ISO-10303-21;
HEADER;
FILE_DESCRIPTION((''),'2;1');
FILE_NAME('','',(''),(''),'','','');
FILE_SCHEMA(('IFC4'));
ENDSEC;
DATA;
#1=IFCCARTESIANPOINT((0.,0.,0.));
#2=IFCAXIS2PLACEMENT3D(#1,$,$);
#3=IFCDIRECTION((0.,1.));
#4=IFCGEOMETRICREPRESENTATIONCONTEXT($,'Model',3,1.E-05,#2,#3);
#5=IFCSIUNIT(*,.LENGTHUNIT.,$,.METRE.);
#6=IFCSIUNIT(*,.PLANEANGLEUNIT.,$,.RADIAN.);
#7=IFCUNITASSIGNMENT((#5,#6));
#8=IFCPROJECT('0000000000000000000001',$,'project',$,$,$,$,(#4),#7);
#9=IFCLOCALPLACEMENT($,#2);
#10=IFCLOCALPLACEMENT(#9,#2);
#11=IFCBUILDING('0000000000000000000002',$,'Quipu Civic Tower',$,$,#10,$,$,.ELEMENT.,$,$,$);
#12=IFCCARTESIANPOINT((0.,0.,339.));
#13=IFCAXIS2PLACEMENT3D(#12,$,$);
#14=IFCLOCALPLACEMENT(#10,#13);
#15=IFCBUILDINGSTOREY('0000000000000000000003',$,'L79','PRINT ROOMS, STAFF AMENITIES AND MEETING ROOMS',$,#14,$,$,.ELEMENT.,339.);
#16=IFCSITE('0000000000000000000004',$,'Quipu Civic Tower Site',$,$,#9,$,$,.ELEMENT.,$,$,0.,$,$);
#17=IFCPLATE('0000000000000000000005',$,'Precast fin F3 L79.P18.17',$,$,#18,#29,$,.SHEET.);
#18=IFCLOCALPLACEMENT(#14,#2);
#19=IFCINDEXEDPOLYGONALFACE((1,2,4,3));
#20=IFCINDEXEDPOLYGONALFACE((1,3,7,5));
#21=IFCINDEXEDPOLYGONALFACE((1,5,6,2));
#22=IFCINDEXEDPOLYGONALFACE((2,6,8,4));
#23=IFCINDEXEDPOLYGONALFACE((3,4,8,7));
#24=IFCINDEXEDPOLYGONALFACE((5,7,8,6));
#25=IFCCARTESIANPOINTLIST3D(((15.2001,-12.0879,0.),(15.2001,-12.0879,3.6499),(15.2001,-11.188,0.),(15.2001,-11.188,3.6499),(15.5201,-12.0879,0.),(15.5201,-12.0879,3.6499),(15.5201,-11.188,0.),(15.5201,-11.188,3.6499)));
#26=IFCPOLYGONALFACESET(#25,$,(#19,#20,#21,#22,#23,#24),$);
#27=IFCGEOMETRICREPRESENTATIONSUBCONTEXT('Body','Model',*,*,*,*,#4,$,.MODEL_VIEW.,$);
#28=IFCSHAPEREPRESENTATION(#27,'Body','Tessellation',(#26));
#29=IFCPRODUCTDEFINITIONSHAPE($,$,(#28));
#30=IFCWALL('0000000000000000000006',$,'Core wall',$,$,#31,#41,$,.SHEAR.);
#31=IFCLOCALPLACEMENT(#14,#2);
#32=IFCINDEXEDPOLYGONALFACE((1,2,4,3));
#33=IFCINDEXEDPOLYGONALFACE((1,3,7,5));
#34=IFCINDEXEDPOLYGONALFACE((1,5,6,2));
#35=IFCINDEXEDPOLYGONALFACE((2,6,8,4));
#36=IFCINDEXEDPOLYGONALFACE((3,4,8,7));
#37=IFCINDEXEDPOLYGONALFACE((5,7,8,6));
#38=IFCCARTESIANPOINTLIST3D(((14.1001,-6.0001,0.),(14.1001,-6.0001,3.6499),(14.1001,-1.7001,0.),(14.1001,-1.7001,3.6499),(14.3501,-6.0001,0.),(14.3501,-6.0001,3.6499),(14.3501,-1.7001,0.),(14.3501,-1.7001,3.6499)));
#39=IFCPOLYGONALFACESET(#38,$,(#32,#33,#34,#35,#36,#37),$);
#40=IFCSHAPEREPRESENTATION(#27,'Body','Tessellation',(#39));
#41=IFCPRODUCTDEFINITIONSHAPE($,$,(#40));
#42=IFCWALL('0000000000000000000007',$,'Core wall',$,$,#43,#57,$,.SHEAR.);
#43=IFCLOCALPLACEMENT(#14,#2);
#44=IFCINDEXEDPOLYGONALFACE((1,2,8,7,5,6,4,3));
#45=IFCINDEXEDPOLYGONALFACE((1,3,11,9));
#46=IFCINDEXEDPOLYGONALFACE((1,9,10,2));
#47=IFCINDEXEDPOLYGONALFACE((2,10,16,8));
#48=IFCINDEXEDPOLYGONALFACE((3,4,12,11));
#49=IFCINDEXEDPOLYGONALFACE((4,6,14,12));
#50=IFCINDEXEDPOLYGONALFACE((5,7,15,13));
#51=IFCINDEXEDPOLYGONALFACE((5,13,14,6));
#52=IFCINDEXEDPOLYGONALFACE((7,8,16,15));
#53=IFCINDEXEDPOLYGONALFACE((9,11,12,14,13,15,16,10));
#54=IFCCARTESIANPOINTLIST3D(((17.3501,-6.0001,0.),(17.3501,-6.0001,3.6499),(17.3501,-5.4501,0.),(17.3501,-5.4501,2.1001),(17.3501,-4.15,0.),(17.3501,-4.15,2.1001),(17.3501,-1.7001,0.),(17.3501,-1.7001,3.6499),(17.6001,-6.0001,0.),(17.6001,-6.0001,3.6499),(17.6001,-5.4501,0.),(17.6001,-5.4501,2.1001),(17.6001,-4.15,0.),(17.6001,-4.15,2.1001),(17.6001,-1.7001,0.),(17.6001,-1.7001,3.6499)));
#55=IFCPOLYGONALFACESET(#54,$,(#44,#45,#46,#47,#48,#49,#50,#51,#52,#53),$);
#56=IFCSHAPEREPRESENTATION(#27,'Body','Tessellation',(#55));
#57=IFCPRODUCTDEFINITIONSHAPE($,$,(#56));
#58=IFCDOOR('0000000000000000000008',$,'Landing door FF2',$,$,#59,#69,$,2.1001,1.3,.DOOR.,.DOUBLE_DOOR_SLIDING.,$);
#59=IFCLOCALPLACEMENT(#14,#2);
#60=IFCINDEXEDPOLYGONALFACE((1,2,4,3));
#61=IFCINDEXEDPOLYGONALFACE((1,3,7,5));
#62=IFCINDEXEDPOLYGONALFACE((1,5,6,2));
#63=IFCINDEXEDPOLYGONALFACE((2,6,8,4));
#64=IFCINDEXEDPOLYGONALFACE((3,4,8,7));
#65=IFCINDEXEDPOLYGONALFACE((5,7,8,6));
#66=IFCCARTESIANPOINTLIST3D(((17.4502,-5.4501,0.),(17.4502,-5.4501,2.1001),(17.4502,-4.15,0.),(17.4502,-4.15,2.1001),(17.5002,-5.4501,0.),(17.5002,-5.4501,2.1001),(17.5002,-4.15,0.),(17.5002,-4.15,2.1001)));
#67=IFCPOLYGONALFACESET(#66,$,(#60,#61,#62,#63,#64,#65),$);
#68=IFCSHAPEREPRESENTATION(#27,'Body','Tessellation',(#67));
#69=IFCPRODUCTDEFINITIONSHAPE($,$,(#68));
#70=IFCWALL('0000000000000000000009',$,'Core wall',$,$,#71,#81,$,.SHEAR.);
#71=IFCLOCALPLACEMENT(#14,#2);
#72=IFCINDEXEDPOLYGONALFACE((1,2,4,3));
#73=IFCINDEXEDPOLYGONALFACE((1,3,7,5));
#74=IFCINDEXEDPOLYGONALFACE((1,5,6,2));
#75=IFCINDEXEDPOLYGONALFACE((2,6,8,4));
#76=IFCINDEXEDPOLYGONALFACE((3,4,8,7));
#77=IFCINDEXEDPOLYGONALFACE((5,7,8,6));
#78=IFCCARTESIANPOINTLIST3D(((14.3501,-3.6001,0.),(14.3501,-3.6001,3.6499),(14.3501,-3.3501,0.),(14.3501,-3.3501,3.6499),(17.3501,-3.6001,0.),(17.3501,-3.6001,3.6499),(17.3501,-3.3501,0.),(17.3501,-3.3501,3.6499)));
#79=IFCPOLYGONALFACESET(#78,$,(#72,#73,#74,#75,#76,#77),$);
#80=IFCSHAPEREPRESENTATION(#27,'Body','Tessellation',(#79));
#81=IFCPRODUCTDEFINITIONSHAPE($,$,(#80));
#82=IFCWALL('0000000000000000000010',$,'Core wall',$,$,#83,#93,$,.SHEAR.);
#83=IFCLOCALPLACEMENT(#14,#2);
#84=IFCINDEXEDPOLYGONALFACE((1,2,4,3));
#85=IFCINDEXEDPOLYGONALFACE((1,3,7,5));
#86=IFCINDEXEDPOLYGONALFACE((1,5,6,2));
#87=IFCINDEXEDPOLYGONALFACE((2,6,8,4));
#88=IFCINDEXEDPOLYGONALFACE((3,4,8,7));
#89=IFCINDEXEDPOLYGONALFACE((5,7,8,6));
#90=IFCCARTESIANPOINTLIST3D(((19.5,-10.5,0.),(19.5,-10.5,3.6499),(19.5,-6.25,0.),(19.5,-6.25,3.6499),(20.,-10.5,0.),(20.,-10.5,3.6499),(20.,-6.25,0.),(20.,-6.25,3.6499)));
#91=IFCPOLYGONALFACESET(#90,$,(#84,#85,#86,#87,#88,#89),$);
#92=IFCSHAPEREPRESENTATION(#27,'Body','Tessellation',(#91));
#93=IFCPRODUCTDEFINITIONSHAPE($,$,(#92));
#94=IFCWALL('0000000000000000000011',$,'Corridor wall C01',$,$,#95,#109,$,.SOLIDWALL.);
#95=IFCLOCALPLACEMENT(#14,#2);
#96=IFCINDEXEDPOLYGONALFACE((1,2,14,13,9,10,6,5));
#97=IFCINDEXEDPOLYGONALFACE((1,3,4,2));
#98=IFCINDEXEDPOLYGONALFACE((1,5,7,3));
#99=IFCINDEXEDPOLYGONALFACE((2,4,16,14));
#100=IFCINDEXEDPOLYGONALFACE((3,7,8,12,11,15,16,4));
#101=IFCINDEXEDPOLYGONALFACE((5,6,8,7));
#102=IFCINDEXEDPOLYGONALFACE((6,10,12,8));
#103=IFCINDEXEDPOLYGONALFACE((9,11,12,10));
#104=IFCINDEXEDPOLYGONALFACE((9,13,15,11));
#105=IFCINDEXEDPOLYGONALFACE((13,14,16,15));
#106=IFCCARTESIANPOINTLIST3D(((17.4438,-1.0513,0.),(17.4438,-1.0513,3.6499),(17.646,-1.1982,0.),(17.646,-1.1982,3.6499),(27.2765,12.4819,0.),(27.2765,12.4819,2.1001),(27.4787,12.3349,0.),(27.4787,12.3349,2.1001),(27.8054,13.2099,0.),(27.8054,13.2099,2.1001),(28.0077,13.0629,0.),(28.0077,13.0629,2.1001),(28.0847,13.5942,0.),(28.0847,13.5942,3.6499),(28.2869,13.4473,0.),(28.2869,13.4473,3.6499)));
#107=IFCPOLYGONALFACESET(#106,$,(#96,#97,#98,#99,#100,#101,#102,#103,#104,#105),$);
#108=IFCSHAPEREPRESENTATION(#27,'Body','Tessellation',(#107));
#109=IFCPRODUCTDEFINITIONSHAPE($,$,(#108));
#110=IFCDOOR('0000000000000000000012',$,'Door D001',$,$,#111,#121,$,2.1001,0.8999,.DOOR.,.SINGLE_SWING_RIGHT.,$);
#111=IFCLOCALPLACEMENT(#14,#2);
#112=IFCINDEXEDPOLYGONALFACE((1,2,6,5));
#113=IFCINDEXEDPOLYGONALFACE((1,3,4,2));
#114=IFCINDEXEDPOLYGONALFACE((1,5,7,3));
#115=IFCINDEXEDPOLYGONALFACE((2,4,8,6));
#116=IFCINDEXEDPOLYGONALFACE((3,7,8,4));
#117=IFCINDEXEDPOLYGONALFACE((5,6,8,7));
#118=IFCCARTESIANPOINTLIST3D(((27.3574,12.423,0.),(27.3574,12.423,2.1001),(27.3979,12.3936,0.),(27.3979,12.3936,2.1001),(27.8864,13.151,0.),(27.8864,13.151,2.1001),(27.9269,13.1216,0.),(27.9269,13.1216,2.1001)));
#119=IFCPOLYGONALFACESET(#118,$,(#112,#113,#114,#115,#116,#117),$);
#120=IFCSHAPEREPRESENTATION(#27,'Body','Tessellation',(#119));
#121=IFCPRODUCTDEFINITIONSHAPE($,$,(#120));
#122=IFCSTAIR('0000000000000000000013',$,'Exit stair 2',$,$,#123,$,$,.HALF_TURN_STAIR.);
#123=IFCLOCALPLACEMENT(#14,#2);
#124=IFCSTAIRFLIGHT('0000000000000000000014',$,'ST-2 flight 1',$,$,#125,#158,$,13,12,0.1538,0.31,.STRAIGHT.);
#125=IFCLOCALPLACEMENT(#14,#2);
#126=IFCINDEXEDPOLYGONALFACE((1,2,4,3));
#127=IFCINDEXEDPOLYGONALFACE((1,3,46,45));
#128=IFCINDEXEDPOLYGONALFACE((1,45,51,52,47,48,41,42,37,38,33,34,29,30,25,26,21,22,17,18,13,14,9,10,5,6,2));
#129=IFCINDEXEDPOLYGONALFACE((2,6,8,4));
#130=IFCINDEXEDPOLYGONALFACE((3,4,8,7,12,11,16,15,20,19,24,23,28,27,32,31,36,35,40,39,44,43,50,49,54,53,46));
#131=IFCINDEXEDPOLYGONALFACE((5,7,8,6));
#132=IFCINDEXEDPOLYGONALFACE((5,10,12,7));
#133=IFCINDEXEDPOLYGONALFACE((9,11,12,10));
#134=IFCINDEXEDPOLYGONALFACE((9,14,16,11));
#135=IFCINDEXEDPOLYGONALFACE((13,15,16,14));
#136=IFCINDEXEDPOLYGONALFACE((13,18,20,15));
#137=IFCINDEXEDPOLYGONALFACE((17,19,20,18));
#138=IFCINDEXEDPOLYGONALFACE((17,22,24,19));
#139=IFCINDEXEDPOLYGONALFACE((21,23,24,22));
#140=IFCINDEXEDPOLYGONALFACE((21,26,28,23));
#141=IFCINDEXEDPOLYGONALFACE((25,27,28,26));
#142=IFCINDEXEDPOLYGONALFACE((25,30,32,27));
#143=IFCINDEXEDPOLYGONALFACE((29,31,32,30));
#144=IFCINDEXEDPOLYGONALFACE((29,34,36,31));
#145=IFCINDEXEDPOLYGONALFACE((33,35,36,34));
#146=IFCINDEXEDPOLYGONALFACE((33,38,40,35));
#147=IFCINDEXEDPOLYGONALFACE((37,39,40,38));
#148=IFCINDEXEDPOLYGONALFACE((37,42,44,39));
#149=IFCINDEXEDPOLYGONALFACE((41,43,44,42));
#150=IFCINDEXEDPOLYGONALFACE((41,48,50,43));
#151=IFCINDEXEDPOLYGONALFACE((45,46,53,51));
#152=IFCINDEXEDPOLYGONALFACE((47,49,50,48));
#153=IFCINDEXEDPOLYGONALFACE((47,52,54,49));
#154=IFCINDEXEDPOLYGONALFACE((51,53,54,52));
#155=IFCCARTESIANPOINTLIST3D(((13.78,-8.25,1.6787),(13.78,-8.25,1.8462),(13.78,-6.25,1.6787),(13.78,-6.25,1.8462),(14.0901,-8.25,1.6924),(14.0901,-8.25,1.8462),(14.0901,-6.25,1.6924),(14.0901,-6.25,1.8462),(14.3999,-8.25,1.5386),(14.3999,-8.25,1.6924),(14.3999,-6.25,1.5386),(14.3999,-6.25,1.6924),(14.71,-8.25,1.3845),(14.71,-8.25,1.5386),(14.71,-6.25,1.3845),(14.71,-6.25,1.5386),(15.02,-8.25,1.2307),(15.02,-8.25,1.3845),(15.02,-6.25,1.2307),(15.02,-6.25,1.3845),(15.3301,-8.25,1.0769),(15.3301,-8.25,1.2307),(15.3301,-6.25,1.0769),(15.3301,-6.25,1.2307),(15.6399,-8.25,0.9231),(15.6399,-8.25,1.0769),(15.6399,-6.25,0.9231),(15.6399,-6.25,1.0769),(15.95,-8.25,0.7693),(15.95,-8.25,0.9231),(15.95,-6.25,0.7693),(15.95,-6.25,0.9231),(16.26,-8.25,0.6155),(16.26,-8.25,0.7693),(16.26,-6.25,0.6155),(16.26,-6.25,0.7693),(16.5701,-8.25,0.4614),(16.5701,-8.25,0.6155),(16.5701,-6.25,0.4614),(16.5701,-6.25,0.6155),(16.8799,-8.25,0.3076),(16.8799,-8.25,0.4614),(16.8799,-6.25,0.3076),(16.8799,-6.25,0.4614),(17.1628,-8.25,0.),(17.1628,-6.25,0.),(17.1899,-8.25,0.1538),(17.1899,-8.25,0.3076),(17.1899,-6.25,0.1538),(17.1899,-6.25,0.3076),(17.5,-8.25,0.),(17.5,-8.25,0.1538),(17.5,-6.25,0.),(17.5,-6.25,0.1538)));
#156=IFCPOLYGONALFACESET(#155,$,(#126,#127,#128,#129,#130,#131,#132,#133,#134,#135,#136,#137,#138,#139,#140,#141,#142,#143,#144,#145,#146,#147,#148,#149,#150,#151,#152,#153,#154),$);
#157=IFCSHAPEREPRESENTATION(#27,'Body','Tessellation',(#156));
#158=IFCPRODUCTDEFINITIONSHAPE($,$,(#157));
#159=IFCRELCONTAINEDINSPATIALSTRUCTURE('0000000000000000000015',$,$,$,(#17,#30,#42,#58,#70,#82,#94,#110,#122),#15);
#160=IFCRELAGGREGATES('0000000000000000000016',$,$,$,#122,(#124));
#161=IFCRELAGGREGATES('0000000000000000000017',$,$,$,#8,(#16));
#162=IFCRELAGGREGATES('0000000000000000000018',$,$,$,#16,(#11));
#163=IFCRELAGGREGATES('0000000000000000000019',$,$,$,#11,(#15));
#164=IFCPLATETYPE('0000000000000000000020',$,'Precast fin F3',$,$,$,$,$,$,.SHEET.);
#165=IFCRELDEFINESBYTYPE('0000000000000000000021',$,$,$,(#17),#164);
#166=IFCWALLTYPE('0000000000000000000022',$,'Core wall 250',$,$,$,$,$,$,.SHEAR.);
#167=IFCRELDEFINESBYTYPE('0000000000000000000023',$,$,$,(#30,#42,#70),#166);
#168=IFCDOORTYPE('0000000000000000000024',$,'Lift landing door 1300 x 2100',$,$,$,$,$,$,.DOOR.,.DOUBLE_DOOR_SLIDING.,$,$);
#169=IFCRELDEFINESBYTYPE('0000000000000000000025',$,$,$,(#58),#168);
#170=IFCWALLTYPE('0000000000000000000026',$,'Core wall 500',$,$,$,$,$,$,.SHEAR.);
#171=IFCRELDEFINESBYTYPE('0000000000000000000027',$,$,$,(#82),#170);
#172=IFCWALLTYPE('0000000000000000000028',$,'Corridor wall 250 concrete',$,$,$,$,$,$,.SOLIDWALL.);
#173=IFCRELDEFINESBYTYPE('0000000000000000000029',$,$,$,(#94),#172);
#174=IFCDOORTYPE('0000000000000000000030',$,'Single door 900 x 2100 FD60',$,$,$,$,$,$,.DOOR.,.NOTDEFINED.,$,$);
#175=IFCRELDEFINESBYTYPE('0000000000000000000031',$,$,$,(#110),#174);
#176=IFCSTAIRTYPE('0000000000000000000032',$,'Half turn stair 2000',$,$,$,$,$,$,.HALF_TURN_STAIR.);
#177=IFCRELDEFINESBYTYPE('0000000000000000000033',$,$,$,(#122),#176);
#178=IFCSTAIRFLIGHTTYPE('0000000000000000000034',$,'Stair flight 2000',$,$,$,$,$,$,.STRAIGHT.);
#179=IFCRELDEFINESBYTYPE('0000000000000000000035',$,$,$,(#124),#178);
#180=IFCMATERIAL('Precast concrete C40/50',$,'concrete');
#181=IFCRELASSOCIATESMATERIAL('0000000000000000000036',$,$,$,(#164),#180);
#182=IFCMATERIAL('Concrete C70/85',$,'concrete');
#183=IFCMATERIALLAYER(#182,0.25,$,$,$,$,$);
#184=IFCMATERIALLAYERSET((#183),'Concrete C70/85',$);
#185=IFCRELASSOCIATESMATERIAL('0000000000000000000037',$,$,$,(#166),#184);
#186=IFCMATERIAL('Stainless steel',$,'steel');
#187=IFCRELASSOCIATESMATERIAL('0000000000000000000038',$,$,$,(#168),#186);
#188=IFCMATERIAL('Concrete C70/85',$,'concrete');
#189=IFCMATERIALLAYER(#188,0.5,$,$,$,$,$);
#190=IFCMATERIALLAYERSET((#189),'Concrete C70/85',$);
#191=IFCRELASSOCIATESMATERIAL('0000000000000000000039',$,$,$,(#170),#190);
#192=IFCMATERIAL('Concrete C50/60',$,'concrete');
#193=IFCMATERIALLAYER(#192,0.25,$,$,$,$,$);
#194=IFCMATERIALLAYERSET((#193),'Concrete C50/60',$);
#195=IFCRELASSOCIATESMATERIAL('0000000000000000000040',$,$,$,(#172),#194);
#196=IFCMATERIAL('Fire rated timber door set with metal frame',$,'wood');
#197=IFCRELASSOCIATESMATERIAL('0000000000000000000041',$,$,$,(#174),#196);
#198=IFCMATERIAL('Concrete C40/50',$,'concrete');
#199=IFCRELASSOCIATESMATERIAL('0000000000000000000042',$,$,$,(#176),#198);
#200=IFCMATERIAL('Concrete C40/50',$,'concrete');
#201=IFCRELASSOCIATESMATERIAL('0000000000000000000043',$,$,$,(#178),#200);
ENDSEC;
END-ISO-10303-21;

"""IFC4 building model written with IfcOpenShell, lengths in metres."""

from ifc_helpers import new_model, si_unit, direction, frame, frame_2d, origin, origin_2d, place, context, subcontext, project, spatial, polyline, rectangle, outline, extrude, material, layer, layer_set, type_object, element, fill, aggregate, save


model = new_model("IFC4")

# Units and contexts
model_context = context("Model", 3, precision=1e-05, world=origin(), true_north=direction((0.0, 1.0)))
body_context = subcontext(model_context, "Body", "Model", "MODEL_VIEW")
ifc_project = project(units=[si_unit("LENGTHUNIT", "METRE"), si_unit("PLANEANGLEUNIT", "RADIAN")], contexts=[model_context])

# Site, building, storey
site_placement = place(None, origin())
site = spatial("IfcSite", under=ifc_project, at=site_placement, Name="Quipu Civic Tower Site", CompositionType="ELEMENT", RefElevation=0.0)
building_placement = place(site_placement, origin())
building = spatial("IfcBuilding", under=site, at=building_placement, Name="Quipu Civic Tower", CompositionType="ELEMENT")
storey_placement = place(building_placement, frame((0.0, 0.0, 339.0)))
storey = spatial("IfcBuildingStorey", under=building, at=storey_placement, Name="L79", Description="PRINT ROOMS, STAFF AMENITIES AND MEETING ROOMS", CompositionType="ELEMENT", Elevation=339.0)

# Plate
ifc_material_1 = material(Name="Precast concrete C40/50", Category="concrete")
plate_type = type_object("IfcPlateType", Name="Precast fin F3", PredefinedType="SHEET", material=ifc_material_1)
plate_placement = place(storey_placement, frame((15.3601, -11.6379, 0.0), z_axis=(0.0, 0.0, 1.0), x_axis=(1.0, 0.0, 0.0)))
element("IfcPlate", 1, at=plate_placement, inside=storey, type_object=plate_type, Name="Precast fin F3 L79.P18.17", PredefinedType="SHEET", context=body_context, shape_type="SweptSolid", body=[
    extrude(rectangle(XDim=0.3201, YDim=0.8999, at=origin_2d()), origin(), (0.0, 0.0, 1.0), 3.6499),
])

# Wall
ifc_material_2 = material(Name="Concrete C70/85", Category="concrete")
ifc_layer_1 = layer(ifc_material_2, 0.25)
ifc_layer_set_1 = layer_set([ifc_layer_1], Name="Concrete C70/85")
wall_type_1 = type_object("IfcWallType", Name="Core wall 250", PredefinedType="SHEAR", material=ifc_layer_set_1)
wall_1_placement = place(storey_placement, frame((14.2251, -6.0, 0.0), z_axis=(0.0, 0.0, 1.0), x_axis=(0.0, 1.0, 0.0)))
element("IfcWall", 2, at=wall_1_placement, inside=storey, type_object=wall_type_1, Name="Core wall", PredefinedType="SHEAR", context=body_context, shape_type="SweptSolid", body=[
    extrude(rectangle(XDim=4.3, YDim=0.25, at=frame_2d((2.1499, 0.0))), origin(), (0.0, 0.0, 1.0), 3.6499),
])

# Wall, opening, door
wall_2_placement = place(storey_placement, frame((17.4751, -6.0, 0.0), z_axis=(0.0, 0.0, 1.0), x_axis=(0.0, 1.0, 0.0)))
wall_2 = element("IfcWall", 3, at=wall_2_placement, inside=storey, type_object=wall_type_1, Name="Core wall", PredefinedType="SHEAR", context=body_context, shape_type="SweptSolid", body=[
    extrude(rectangle(XDim=4.3, YDim=0.25, at=frame_2d((2.1499, 0.0))), origin(), (0.0, 0.0, 1.0), 3.6499),
])
opening_1_placement = place(wall_2_placement, frame((0.55, 0.0, 0.0)))
opening_1 = element("IfcOpeningElement", 4, at=opening_1_placement, cuts=wall_2, PredefinedType="OPENING", context=body_context, shape_type="SweptSolid", body=[
    extrude(rectangle(XDim=1.3, YDim=2.1001, at=frame_2d((0.6499, 1.05))), frame((0.0, 0.135, 0.0), z_axis=(0.0, -1.0, 0.0), x_axis=(1.0, 0.0, 0.0)), (0.0, 0.0, 1.0), 0.27),
])
ifc_material_3 = material(Name="Stainless steel", Category="steel")
door_type_1 = type_object("IfcDoorType", Name="Lift landing door 1300 x 2100", OperationType="DOUBLE_DOOR_SLIDING", PredefinedType="DOOR", material=ifc_material_3)
door_1_placement = place(opening_1_placement, origin())
door_1 = element("IfcDoor", 5, at=door_1_placement, inside=storey, type_object=door_type_1, Name="Landing door FF2", OperationType="DOUBLE_DOOR_SLIDING", OverallHeight=2.1001, OverallWidth=1.3, PredefinedType="DOOR", context=body_context, shape_type="SweptSolid", body=[
    extrude(rectangle(XDim=1.3, YDim=2.1001, at=frame_2d((0.6499, 1.05))), frame((0.0, 0.0249, 0.0), z_axis=(0.0, -1.0, 0.0), x_axis=(1.0, 0.0, 0.0)), (0.0, 0.0, 1.0), 0.05),
])
fill(opening_1, door_1)

# Walls
wall_3_placement = place(storey_placement, frame((14.3501, -3.4751, 0.0), z_axis=(0.0, 0.0, 1.0), x_axis=(1.0, 0.0, 0.0)))
element("IfcWall", 6, at=wall_3_placement, inside=storey, type_object=wall_type_1, Name="Core wall", PredefinedType="SHEAR", context=body_context, shape_type="SweptSolid", body=[
    extrude(rectangle(XDim=3.0, YDim=0.25, at=frame_2d((1.5, 0.0))), origin(), (0.0, 0.0, 1.0), 3.6499),
])
ifc_material_4 = material(Name="Concrete C70/85", Category="concrete")
ifc_layer_2 = layer(ifc_material_4, 0.5)
ifc_layer_set_2 = layer_set([ifc_layer_2], Name="Concrete C70/85")
wall_type_2 = type_object("IfcWallType", Name="Core wall 500", PredefinedType="SHEAR", material=ifc_layer_set_2)
wall_4_placement = place(storey_placement, frame((19.75, -10.5, 0.0), z_axis=(0.0, 0.0, 1.0), x_axis=(0.0, 1.0, 0.0)))
element("IfcWall", 7, at=wall_4_placement, inside=storey, type_object=wall_type_2, Name="Core wall", PredefinedType="SHEAR", context=body_context, shape_type="SweptSolid", body=[
    extrude(rectangle(XDim=4.25, YDim=0.5, at=frame_2d((2.125, 0.0))), origin(), (0.0, 0.0, 1.0), 3.6499),
])

# Wall, opening, door
ifc_material_5 = material(Name="Concrete C50/60", Category="concrete")
ifc_layer_3 = layer(ifc_material_5, 0.25)
ifc_layer_set_3 = layer_set([ifc_layer_3], Name="Concrete C50/60")
wall_type_3 = type_object("IfcWallType", Name="Corridor wall 250 concrete", PredefinedType="SOLIDWALL", material=ifc_layer_set_3)
wall_5_placement = place(storey_placement, frame((17.5449, -1.1248, 0.0), z_axis=(0.0, 0.0, 1.0), x_axis=(0.587796, 0.80901, 0.0)))
wall_5 = element("IfcWall", 8, at=wall_5_placement, inside=storey, type_object=wall_type_3, Name="Corridor wall C01", PredefinedType="SOLIDWALL", context=body_context, shape_type="SweptSolid", body=[
    extrude(rectangle(XDim=18.103, YDim=0.25, at=frame_2d((9.0515, 0.0))), origin(), (0.0, 0.0, 1.0), 3.6499),
])
opening_2_placement = place(wall_5_placement, frame((16.728, 0.0, 0.0)))
opening_2 = element("IfcOpeningElement", 9, at=opening_2_placement, cuts=wall_5, PredefinedType="OPENING", context=body_context, shape_type="SweptSolid", body=[
    extrude(rectangle(XDim=0.8999, YDim=2.1001, at=frame_2d((0.45, 1.05))), frame((0.0, 0.135, 0.0), z_axis=(0.0, -1.0, 0.0), x_axis=(1.0, 0.0, 0.0)), (0.0, 0.0, 1.0), 0.27),
])
ifc_material_6 = material(Name="Fire rated timber door set with metal frame", Category="wood")
door_type_2 = type_object("IfcDoorType", Name="Single door 900 x 2100 FD60", OperationType="NOTDEFINED", PredefinedType="DOOR", material=ifc_material_6)
door_2_placement = place(opening_2_placement, origin())
door_2 = element("IfcDoor", 10, at=door_2_placement, inside=storey, type_object=door_type_2, Name="Door D001", OperationType="SINGLE_SWING_RIGHT", OverallHeight=2.1001, OverallWidth=0.8999, PredefinedType="DOOR", context=body_context, shape_type="SweptSolid", body=[
    extrude(rectangle(XDim=0.8999, YDim=2.1001, at=frame_2d((0.45, 1.05))), frame((0.0, 0.0249, 0.0), z_axis=(0.0, -1.0, 0.0), x_axis=(1.0, 0.0, 0.0)), (0.0, 0.0, 1.0), 0.05),
])
fill(opening_2, door_2)

# Stair, stair flight
ifc_material_7 = material(Name="Concrete C40/50", Category="concrete")
stair_type = type_object("IfcStairType", Name="Half turn stair 2000", PredefinedType="HALF_TURN_STAIR", material=ifc_material_7)
stair_placement = place(storey_placement, origin())
stair = element("IfcStair", 11, at=stair_placement, inside=storey, type_object=stair_type, Name="Exit stair 2", PredefinedType="HALF_TURN_STAIR")
ifc_material_8 = material(Name="Concrete C40/50", Category="concrete")
stair_flight_type = type_object("IfcStairFlightType", Name="Stair flight 2000", PredefinedType="STRAIGHT", material=ifc_material_8)
stair_flight_1_placement = place(storey_placement, frame((17.5, -7.25, 0.0), z_axis=(0.0, 0.0, 1.0), x_axis=(-1.0, 0.0, 0.0)))
stair_flight_1 = element("IfcStairFlight", 12, at=stair_flight_1_placement, type_object=stair_flight_type, Name="ST-2 flight 1", NumberOfRisers=13, NumberOfTreads=12, PredefinedType="STRAIGHT", RiserHeight=0.1538, TreadLength=0.31, context=body_context, shape_type="SweptSolid", body=[
    extrude(outline(polyline([(0.0, 0.0), (0.0, 0.1538), (0.3101, 0.1538), (0.3101, 0.3076), (0.6201, 0.3076), (0.6201, 0.4614), (0.9299, 0.4614), (0.9299, 0.6155), (1.24, 0.6155), (1.24, 0.7693), (1.55, 0.7693), (1.55, 0.9231), (1.8601, 0.9231), (1.8601, 1.0769), (2.1699, 1.0769), (2.1699, 1.2307), (2.48, 1.2307), (2.48, 1.3845), (2.79, 1.3845), (2.79, 1.5386), (3.1001, 1.5386), (3.1001, 1.6924), (3.4099, 1.6924), (3.4099, 1.8462), (3.72, 1.8462), (3.72, 2.0), (3.72, 1.6787), (0.3372, 0.0), (0.0, 0.0)])), frame((0.0, 1.0, 0.0), z_axis=(0.0, -1.0, 0.0), x_axis=(1.0, 0.0, 0.0)), (0.0, 0.0, 1.0), 2.0),
])
aggregate(stair, [stair_flight_1])

save(model, "model.ifc")
